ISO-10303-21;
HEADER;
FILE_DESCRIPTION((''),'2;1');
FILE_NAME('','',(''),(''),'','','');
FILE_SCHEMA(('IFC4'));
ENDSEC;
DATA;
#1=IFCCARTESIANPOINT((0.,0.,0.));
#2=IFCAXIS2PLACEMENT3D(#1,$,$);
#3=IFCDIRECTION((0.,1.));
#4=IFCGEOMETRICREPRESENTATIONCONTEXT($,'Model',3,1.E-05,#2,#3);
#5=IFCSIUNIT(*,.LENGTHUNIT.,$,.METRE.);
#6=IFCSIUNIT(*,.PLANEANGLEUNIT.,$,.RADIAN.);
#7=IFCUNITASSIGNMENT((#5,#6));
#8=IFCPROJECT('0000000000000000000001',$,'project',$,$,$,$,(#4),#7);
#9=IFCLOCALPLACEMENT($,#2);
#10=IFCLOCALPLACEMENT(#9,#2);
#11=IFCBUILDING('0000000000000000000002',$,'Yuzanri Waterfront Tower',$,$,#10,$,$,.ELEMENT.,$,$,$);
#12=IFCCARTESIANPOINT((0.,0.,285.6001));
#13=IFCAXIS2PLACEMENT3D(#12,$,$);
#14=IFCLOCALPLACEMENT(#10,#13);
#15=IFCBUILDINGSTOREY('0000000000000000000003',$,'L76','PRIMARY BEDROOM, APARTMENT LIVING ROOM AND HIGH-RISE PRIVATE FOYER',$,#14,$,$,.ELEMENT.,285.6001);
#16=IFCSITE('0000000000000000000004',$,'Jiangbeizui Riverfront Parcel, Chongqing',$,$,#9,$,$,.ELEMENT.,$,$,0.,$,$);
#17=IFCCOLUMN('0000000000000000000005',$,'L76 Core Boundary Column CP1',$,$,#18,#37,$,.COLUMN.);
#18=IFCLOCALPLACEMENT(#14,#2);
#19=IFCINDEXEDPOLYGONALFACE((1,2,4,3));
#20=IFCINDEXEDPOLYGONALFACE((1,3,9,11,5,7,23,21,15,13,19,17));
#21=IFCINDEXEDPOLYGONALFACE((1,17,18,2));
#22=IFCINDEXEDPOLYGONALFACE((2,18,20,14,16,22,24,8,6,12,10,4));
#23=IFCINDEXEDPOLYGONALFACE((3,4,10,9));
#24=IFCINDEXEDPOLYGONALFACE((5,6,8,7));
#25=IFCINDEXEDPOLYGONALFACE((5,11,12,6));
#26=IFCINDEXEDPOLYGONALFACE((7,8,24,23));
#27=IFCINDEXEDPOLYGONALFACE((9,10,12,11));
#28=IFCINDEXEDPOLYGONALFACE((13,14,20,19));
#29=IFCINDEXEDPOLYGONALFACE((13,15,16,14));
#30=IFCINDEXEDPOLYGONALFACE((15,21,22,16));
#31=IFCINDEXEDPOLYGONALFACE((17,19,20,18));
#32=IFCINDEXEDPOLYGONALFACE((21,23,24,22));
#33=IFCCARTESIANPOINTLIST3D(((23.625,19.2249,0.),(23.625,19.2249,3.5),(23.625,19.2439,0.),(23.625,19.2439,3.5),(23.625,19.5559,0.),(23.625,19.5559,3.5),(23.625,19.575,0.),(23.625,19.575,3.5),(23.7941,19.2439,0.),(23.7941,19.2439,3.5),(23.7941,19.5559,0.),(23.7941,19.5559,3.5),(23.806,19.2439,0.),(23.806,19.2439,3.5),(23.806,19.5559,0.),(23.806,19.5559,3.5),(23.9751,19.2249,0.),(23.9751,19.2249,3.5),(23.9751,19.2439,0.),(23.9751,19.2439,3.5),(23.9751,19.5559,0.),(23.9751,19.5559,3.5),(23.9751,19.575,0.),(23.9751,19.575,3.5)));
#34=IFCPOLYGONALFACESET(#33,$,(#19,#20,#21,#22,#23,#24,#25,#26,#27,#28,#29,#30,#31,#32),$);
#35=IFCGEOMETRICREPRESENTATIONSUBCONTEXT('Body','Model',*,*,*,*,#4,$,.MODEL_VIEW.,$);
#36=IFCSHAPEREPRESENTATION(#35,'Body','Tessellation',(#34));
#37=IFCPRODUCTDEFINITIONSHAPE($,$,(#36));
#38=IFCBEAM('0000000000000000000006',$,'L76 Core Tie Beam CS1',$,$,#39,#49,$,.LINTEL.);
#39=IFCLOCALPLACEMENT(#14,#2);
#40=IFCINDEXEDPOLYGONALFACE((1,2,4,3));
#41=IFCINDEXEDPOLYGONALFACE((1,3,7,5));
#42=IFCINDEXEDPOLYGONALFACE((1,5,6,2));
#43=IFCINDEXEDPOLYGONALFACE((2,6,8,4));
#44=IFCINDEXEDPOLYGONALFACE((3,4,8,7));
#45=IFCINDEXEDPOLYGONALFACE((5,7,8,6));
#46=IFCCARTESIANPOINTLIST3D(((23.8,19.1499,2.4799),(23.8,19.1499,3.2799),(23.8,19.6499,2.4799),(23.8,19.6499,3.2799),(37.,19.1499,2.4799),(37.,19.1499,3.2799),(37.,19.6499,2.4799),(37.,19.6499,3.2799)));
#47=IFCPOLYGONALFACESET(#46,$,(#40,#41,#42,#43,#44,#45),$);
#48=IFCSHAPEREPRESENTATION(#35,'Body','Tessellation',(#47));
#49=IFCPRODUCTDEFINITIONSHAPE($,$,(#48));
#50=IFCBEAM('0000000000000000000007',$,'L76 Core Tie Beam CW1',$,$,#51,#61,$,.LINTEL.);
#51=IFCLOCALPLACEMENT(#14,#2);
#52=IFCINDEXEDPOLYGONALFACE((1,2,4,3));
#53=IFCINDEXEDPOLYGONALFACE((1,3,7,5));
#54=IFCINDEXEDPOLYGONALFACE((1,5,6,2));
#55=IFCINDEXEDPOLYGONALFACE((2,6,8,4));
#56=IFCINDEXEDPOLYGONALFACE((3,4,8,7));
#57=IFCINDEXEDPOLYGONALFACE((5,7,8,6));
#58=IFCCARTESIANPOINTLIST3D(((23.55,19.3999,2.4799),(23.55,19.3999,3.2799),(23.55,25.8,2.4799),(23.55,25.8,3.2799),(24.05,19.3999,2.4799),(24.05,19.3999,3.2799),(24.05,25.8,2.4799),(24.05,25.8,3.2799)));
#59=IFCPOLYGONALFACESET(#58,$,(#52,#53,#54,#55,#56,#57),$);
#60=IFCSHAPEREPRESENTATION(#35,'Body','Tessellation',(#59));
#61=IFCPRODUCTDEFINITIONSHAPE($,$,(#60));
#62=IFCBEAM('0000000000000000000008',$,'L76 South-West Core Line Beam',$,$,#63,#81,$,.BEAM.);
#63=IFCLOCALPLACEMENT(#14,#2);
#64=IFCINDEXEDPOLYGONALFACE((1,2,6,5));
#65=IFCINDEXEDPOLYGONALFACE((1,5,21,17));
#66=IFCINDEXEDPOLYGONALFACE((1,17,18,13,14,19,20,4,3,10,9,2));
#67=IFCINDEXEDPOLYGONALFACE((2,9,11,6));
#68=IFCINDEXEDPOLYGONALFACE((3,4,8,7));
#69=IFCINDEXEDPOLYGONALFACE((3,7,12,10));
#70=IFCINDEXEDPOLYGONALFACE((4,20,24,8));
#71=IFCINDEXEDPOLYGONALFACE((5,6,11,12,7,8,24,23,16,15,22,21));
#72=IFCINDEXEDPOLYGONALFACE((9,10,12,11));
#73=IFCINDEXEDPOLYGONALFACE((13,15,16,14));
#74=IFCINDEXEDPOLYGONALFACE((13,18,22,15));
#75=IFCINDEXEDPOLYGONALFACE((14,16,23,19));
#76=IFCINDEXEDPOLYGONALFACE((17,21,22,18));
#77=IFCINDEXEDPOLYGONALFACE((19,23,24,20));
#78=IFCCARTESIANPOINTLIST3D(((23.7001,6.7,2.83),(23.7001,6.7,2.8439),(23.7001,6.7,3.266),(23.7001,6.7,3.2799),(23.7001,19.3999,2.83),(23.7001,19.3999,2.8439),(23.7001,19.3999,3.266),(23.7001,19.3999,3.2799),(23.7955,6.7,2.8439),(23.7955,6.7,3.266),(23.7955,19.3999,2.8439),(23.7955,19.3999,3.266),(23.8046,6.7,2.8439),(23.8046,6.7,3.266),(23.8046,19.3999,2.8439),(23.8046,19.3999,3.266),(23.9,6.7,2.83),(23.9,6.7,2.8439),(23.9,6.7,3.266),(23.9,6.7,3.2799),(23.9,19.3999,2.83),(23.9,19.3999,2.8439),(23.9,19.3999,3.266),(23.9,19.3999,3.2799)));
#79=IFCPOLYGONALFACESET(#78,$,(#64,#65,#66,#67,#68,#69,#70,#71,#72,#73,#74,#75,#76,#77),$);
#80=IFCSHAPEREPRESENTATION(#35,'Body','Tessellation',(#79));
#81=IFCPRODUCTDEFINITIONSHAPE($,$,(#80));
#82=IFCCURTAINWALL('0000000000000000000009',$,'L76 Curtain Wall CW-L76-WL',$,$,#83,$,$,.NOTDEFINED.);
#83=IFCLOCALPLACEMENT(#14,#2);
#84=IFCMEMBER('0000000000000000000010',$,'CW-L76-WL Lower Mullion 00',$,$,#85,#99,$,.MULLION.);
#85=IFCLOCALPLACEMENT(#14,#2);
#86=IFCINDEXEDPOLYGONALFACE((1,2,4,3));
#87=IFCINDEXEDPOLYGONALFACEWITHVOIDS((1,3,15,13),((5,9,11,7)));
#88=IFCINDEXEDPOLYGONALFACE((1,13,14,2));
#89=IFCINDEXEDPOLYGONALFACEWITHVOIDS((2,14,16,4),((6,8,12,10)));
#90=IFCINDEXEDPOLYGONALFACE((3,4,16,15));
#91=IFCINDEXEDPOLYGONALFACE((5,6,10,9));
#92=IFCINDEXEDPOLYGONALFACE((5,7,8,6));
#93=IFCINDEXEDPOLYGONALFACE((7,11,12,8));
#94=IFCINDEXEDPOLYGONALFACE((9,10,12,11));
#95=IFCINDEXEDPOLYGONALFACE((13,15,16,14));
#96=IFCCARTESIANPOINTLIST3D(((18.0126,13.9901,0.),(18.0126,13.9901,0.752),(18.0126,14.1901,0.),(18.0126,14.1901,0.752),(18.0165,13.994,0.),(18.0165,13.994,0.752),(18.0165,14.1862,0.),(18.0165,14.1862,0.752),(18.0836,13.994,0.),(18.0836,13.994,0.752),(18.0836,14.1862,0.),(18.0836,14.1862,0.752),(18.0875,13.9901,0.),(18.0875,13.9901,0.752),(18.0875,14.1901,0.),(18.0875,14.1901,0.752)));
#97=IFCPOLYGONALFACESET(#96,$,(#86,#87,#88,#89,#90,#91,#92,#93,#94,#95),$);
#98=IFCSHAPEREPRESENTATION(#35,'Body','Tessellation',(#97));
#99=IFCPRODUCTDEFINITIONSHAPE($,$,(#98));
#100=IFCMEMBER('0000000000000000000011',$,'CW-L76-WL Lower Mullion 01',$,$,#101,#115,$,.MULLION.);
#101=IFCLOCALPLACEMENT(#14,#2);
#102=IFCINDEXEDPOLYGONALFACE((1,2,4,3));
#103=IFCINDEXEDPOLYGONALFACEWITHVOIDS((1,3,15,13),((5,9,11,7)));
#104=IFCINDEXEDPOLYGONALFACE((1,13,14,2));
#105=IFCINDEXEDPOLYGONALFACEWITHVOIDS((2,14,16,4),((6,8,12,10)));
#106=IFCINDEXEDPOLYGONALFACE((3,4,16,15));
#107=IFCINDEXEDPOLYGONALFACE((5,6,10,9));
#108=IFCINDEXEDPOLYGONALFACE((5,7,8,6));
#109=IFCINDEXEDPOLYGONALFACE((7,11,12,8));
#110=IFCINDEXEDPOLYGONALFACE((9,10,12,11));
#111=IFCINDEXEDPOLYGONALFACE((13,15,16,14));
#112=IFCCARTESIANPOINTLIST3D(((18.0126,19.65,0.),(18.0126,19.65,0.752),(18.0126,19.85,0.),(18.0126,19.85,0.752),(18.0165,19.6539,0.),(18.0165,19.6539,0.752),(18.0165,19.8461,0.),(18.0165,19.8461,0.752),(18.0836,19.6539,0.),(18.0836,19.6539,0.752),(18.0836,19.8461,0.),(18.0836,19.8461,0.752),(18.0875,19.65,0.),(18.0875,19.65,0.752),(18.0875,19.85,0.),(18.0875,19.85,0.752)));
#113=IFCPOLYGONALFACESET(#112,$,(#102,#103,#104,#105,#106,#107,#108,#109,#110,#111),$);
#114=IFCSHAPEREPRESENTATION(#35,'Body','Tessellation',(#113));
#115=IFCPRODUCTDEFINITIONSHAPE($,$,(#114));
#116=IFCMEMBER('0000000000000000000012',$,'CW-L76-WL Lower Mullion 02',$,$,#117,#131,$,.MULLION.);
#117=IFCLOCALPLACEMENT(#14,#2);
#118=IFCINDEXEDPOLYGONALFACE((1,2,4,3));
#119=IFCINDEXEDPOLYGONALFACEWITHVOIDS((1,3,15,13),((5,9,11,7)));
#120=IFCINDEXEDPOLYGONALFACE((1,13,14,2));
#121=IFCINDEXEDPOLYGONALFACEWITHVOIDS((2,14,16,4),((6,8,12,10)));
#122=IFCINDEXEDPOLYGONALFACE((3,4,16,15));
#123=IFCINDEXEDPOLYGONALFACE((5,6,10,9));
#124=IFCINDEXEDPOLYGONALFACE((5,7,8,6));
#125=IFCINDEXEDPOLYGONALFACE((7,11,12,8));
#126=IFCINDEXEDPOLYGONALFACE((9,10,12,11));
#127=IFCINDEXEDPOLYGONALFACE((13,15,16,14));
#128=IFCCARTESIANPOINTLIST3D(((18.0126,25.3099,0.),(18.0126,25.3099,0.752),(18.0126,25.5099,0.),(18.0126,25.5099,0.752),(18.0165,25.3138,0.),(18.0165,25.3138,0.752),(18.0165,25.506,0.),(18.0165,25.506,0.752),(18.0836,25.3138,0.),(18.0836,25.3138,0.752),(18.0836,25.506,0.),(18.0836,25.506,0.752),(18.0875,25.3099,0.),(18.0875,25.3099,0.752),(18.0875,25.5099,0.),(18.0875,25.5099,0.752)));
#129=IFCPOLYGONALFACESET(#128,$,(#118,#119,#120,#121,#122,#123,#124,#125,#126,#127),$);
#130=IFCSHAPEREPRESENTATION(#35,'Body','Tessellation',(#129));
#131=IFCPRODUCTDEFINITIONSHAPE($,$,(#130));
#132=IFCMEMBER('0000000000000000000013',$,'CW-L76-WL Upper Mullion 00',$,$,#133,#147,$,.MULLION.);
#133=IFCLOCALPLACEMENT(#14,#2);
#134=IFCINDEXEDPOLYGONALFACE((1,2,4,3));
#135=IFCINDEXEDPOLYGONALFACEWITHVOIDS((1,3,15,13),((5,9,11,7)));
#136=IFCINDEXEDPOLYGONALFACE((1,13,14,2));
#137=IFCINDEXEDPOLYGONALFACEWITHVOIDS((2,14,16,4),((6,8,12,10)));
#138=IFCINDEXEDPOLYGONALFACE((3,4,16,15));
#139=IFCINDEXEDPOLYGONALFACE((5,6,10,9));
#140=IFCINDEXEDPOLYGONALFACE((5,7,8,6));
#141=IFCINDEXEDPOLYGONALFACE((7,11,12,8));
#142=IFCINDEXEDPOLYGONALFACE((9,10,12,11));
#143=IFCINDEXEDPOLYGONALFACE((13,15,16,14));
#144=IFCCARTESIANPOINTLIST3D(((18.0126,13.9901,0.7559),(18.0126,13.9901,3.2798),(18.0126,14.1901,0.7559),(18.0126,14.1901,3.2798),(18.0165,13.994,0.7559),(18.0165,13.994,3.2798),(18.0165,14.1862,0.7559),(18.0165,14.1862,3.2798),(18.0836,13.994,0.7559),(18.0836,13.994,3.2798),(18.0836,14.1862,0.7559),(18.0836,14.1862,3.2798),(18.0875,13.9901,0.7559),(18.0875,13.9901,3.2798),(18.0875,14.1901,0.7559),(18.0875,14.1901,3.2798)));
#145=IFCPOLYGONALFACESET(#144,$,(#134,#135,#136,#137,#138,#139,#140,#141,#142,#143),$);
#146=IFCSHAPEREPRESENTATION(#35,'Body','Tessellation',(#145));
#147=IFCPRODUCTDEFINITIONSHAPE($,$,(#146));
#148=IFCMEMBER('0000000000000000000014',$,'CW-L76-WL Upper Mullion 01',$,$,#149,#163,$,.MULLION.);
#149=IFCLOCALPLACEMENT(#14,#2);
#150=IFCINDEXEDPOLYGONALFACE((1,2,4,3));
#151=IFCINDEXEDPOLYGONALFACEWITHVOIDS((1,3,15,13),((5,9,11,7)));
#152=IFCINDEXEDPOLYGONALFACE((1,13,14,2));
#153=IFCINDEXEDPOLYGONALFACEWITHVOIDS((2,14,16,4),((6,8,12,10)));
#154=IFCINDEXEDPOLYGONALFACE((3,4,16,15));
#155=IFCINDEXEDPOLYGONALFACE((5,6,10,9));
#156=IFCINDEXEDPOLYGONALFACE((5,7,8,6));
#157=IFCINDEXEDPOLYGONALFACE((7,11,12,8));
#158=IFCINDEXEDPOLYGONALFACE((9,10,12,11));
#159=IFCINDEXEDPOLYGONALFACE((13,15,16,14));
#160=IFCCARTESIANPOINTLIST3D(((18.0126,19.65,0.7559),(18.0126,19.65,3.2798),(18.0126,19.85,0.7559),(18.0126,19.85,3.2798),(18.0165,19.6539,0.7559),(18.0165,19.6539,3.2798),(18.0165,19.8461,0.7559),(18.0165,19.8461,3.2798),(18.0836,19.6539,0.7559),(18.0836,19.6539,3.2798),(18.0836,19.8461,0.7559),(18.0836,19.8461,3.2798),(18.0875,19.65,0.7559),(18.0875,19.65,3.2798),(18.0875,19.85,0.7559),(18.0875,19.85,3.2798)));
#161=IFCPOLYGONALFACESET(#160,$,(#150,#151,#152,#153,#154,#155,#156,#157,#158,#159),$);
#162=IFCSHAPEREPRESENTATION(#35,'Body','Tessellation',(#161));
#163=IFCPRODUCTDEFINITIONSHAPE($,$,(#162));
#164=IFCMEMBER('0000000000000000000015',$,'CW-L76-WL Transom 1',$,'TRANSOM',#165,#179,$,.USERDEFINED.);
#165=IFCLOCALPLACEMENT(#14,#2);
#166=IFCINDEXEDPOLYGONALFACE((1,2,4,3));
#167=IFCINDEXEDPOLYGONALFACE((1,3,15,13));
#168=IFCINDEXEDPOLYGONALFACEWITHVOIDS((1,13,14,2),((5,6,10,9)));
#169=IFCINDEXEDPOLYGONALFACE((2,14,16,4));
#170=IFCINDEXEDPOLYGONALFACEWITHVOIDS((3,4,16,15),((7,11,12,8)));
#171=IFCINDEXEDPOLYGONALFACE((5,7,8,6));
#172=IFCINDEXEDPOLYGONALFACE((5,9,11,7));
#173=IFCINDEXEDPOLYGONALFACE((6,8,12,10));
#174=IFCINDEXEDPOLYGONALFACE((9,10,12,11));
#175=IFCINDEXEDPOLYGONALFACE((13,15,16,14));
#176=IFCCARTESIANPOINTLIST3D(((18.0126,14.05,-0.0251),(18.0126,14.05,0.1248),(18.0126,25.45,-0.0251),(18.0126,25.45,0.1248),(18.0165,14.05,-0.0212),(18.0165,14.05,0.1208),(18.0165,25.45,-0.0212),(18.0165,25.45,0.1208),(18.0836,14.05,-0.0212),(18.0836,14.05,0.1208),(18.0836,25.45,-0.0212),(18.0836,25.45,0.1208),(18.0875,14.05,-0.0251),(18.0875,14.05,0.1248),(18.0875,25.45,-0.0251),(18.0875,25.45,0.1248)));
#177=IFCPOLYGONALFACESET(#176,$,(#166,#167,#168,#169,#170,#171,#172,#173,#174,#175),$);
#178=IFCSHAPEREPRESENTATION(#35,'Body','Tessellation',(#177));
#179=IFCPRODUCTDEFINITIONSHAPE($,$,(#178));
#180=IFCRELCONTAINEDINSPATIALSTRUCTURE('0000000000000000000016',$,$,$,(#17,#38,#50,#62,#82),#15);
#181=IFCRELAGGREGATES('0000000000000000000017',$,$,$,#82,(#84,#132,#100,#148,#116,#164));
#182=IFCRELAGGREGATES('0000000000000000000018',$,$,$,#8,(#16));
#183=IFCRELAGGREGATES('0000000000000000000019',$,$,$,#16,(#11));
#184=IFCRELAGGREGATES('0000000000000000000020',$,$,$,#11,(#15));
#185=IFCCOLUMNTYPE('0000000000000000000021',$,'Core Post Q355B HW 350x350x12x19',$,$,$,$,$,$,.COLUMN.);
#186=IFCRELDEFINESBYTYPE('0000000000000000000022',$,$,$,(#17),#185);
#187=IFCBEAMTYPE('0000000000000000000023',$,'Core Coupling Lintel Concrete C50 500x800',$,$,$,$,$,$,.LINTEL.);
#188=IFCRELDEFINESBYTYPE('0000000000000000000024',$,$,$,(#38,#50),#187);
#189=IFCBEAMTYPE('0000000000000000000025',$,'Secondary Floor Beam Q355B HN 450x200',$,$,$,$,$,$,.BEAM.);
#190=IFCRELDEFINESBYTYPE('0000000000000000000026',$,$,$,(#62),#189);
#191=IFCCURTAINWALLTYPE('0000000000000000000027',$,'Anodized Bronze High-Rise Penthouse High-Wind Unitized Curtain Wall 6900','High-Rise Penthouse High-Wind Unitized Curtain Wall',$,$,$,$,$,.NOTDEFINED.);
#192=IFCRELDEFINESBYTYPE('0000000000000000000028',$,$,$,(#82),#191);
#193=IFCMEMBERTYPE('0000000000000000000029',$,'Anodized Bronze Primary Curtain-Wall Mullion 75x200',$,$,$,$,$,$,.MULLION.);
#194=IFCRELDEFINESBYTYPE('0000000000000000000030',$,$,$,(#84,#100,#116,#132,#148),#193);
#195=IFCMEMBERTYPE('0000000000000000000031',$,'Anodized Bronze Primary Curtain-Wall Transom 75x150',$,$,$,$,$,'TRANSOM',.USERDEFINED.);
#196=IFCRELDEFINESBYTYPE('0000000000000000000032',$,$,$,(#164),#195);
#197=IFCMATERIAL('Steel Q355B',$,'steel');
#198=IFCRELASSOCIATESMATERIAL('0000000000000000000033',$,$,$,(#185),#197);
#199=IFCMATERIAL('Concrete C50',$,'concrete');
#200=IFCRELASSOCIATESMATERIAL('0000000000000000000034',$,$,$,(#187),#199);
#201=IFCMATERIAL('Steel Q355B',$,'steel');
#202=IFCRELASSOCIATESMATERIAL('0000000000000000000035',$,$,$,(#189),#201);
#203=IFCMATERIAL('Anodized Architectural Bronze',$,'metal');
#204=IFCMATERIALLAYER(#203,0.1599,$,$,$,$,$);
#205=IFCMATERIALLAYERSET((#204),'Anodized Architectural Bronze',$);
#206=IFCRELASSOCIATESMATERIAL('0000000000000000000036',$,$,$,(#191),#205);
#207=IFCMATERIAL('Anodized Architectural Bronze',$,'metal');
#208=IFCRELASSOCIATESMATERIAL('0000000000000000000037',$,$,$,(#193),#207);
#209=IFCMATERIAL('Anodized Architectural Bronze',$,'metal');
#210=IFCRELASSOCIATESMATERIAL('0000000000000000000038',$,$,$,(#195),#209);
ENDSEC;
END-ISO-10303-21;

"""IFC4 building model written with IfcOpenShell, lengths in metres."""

from ifc_helpers import new_model, si_unit, direction, frame, origin, origin_2d, place, context, subcontext, project, spatial, rectangle, hollow_rectangle, i_section, extrude, source, transform, mapped, material, layer, layer_set, material_profile, profile_set, type_object, element, aggregate, save


model = new_model("IFC4")

# Units and contexts
model_context = context("Model", 3, precision=1e-05, world=origin(), true_north=direction((0.0, 1.0)))
body_context = subcontext(model_context, "Body", "Model", "MODEL_VIEW")
ifc_project = project(units=[si_unit("LENGTHUNIT", "METRE"), si_unit("PLANEANGLEUNIT", "RADIAN")], contexts=[model_context])

# Site, building, storey
site_placement = place(None, origin())
site = spatial("IfcSite", under=ifc_project, at=site_placement, Name="Jiangbeizui Riverfront Parcel, Chongqing", CompositionType="ELEMENT", RefElevation=0.0)
building_placement = place(site_placement, origin())
building = spatial("IfcBuilding", under=site, at=building_placement, Name="Yuzanri Waterfront Tower", CompositionType="ELEMENT")
storey_placement = place(building_placement, frame((0.0, 0.0, 285.6001)))
storey = spatial("IfcBuildingStorey", under=building, at=storey_placement, Name="L76", Description="PRIMARY BEDROOM, APARTMENT LIVING ROOM AND HIGH-RISE PRIVATE FOYER", CompositionType="ELEMENT", Elevation=285.6001)

# Column
ifc_material_1 = material(Name="Steel Q355B", Category="steel")
ifc_material_profile_1 = material_profile(ifc_material_1, i_section(OverallWidth=0.3501, OverallDepth=0.3501, WebThickness=0.012, FlangeThickness=0.019, at=origin_2d()), Name="HW 350x350x12x19")
ifc_profile_set_1 = profile_set([ifc_material_profile_1], Name="Steel Q355B")
column_type = type_object("IfcColumnType", Name="Core Post Q355B HW 350x350x12x19", PredefinedType="COLUMN", material=ifc_profile_set_1)
shared_shape_1 = source(origin(), body_context, "Body", "SweptSolid", [
    extrude(i_section(OverallWidth=0.3501, OverallDepth=0.3501, WebThickness=0.012, FlangeThickness=0.019, at=origin_2d()), origin(), (0.0, 0.0, 1.0), 3.5),
])
column_placement = place(storey_placement, frame((23.8, 19.3999, 0.0), z_axis=(0.0, 0.0, 1.0), x_axis=(1.0, 0.0, 0.0)))
element("IfcColumn", 1, at=column_placement, inside=storey, type_object=column_type, Name="L76 Core Boundary Column CP1", PredefinedType="COLUMN", context=body_context, shape_type="MappedRepresentation", body=[
    mapped(shared_shape_1, transform((0.0, 0.0, 0.0), scale=1.0)),
])

# Beams
ifc_material_2 = material(Name="Concrete C50", Category="concrete")
ifc_material_profile_2 = material_profile(ifc_material_2, rectangle(XDim=0.5, YDim=0.8, at=origin_2d()), Name="RC 500x800")
ifc_profile_set_2 = profile_set([ifc_material_profile_2], Name="Concrete C50")
beam_type_1 = type_object("IfcBeamType", Name="Core Coupling Lintel Concrete C50 500x800", PredefinedType="LINTEL", material=ifc_profile_set_2)
shared_shape_2 = source(origin(), body_context, "Body", "SweptSolid", [
    extrude(rectangle(XDim=0.5, YDim=0.8, at=origin_2d()), origin(), (0.0, 0.0, 1.0), 13.2),
])
beam_1_placement = place(storey_placement, frame((23.8, 19.3999, 2.8799), z_axis=(1.0, 0.0, 0.0), x_axis=(0.0, 1.0, 0.0)))
element("IfcBeam", 2, at=beam_1_placement, inside=storey, type_object=beam_type_1, Name="L76 Core Tie Beam CS1", PredefinedType="LINTEL", context=body_context, shape_type="MappedRepresentation", body=[
    mapped(shared_shape_2, transform((0.0, 0.0, 0.0), scale=1.0)),
])
shared_shape_3 = source(origin(), body_context, "Body", "SweptSolid", [
    extrude(rectangle(XDim=0.5, YDim=0.8, at=origin_2d()), origin(), (0.0, 0.0, 1.0), 6.4001),
])
beam_2_placement = place(storey_placement, frame((23.8, 19.3999, 2.8799), z_axis=(0.0, 1.0, 0.0), x_axis=(-1.0, 0.0, 0.0)))
element("IfcBeam", 3, at=beam_2_placement, inside=storey, type_object=beam_type_1, Name="L76 Core Tie Beam CW1", PredefinedType="LINTEL", context=body_context, shape_type="MappedRepresentation", body=[
    mapped(shared_shape_3, transform((0.0, 0.0, 0.0), scale=1.0)),
])
ifc_material_3 = material(Name="Steel Q355B", Category="steel")
ifc_material_profile_3 = material_profile(ifc_material_3, i_section(OverallWidth=0.2, OverallDepth=0.45, WebThickness=0.009, FlangeThickness=0.0139, at=origin_2d()), Name="HN 450x200x9x14")
ifc_profile_set_3 = profile_set([ifc_material_profile_3], Name="Steel Q355B")
beam_type_2 = type_object("IfcBeamType", Name="Secondary Floor Beam Q355B HN 450x200", PredefinedType="BEAM", material=ifc_profile_set_3)
shared_shape_4 = source(origin(), body_context, "Body", "SweptSolid", [
    extrude(i_section(OverallWidth=0.2, OverallDepth=0.45, WebThickness=0.009, FlangeThickness=0.0139, at=origin_2d()), origin(), (0.0, 0.0, 1.0), 12.7),
])
beam_3_placement = place(storey_placement, frame((23.8, 19.3999, 3.0549), z_axis=(0.0, -1.0, 0.0), x_axis=(1.0, 0.0, 0.0)))
element("IfcBeam", 4, at=beam_3_placement, inside=storey, type_object=beam_type_2, Name="L76 South-West Core Line Beam", PredefinedType="BEAM", context=body_context, shape_type="MappedRepresentation", body=[
    mapped(shared_shape_4, transform((0.0, 0.0, 0.0), scale=1.0)),
])

# Curtain wall, members
ifc_material_4 = material(Name="Anodized Architectural Bronze", Category="metal")
ifc_layer_1 = layer(ifc_material_4, 0.1599)
ifc_layer_set_1 = layer_set([ifc_layer_1], Name="Anodized Architectural Bronze")
curtain_wall_type = type_object("IfcCurtainWallType", Name="Anodized Bronze High-Rise Penthouse High-Wind Unitized Curtain Wall 6900", Description="High-Rise Penthouse High-Wind Unitized Curtain Wall", PredefinedType="NOTDEFINED", material=ifc_layer_set_1)
curtain_wall_placement = place(storey_placement, origin())
curtain_wall = element("IfcCurtainWall", 5, at=curtain_wall_placement, inside=storey, type_object=curtain_wall_type, Name="L76 Curtain Wall CW-L76-WL", PredefinedType="NOTDEFINED")
ifc_material_5 = material(Name="Anodized Architectural Bronze", Category="metal")
ifc_material_profile_4 = material_profile(ifc_material_5, hollow_rectangle(XDim=0.075, YDim=0.2, WallThickness=0.0039, at=origin_2d()), Name="CWM 75x200")
ifc_profile_set_4 = profile_set([ifc_material_profile_4], Name="Anodized Architectural Bronze")
member_type_1 = type_object("IfcMemberType", Name="Anodized Bronze Primary Curtain-Wall Mullion 75x200", PredefinedType="MULLION", material=ifc_profile_set_4)
shared_shape_5 = source(origin(), body_context, "Body", "SweptSolid", [
    extrude(hollow_rectangle(XDim=0.075, YDim=0.2, WallThickness=0.0039, at=origin_2d()), origin(), (0.0, 0.0, 1.0), 0.752),
])
member_1_placement = place(storey_placement, frame((18.05, 14.0901, 0.0), z_axis=(0.0, 0.0, 1.0), x_axis=(1.0, 0.0, 0.0)))
member_1 = element("IfcMember", 6, at=member_1_placement, type_object=member_type_1, Name="CW-L76-WL Lower Mullion 00", PredefinedType="MULLION", context=body_context, shape_type="MappedRepresentation", body=[
    mapped(shared_shape_5, transform((0.0, 0.0, 0.0), scale=1.0)),
])
member_2_placement = place(storey_placement, frame((18.05, 19.75, 0.0), z_axis=(0.0, 0.0, 1.0), x_axis=(1.0, 0.0, 0.0)))
member_2 = element("IfcMember", 7, at=member_2_placement, type_object=member_type_1, Name="CW-L76-WL Lower Mullion 01", PredefinedType="MULLION", context=body_context, shape_type="MappedRepresentation", body=[
    mapped(shared_shape_5, transform((0.0, 0.0, 0.0), scale=1.0)),
])
member_3_placement = place(storey_placement, frame((18.05, 25.4099, 0.0), z_axis=(0.0, 0.0, 1.0), x_axis=(1.0, 0.0, 0.0)))
member_3 = element("IfcMember", 8, at=member_3_placement, type_object=member_type_1, Name="CW-L76-WL Lower Mullion 02", PredefinedType="MULLION", context=body_context, shape_type="MappedRepresentation", body=[
    mapped(shared_shape_5, transform((0.0, 0.0, 0.0), scale=1.0)),
])
shared_shape_6 = source(origin(), body_context, "Body", "SweptSolid", [
    extrude(hollow_rectangle(XDim=0.075, YDim=0.2, WallThickness=0.0039, at=origin_2d()), origin(), (0.0, 0.0, 1.0), 2.5239),
])
member_4_placement = place(storey_placement, frame((18.05, 14.0901, 0.7559), z_axis=(0.0, 0.0, 1.0), x_axis=(1.0, 0.0, 0.0)))
member_4 = element("IfcMember", 9, at=member_4_placement, type_object=member_type_1, Name="CW-L76-WL Upper Mullion 00", PredefinedType="MULLION", context=body_context, shape_type="MappedRepresentation", body=[
    mapped(shared_shape_6, transform((0.0, 0.0, 0.0), scale=1.0)),
])
member_5_placement = place(storey_placement, frame((18.05, 19.75, 0.7559), z_axis=(0.0, 0.0, 1.0), x_axis=(1.0, 0.0, 0.0)))
member_5 = element("IfcMember", 10, at=member_5_placement, type_object=member_type_1, Name="CW-L76-WL Upper Mullion 01", PredefinedType="MULLION", context=body_context, shape_type="MappedRepresentation", body=[
    mapped(shared_shape_6, transform((0.0, 0.0, 0.0), scale=1.0)),
])
ifc_material_6 = material(Name="Anodized Architectural Bronze", Category="metal")
ifc_material_profile_5 = material_profile(ifc_material_6, hollow_rectangle(XDim=0.075, YDim=0.1499, WallThickness=0.0039, at=origin_2d()), Name="CWT 75x150")
ifc_profile_set_5 = profile_set([ifc_material_profile_5], Name="Anodized Architectural Bronze")
member_type_2 = type_object("IfcMemberType", Name="Anodized Bronze Primary Curtain-Wall Transom 75x150", ElementType="TRANSOM", PredefinedType="USERDEFINED", material=ifc_profile_set_5)
shared_shape_7 = source(origin(), body_context, "Body", "SweptSolid", [
    extrude(hollow_rectangle(XDim=0.075, YDim=0.1499, WallThickness=0.0039, at=origin_2d()), origin(), (0.0, 0.0, 1.0), 11.3999),
])
member_6_placement = place(storey_placement, frame((18.05, 14.05, 0.0498), z_axis=(0.0, 1.0, 0.0), x_axis=(-1.0, 0.0, 0.0)))
member_6 = element("IfcMember", 11, at=member_6_placement, type_object=member_type_2, Name="CW-L76-WL Transom 1", ObjectType="TRANSOM", PredefinedType="USERDEFINED", context=body_context, shape_type="MappedRepresentation", body=[
    mapped(shared_shape_7, transform((0.0, 0.0, 0.0), scale=1.0)),
])
aggregate(curtain_wall, [member_1, member_4, member_2, member_5, member_3, member_6])

save(model, "model.ifc")
